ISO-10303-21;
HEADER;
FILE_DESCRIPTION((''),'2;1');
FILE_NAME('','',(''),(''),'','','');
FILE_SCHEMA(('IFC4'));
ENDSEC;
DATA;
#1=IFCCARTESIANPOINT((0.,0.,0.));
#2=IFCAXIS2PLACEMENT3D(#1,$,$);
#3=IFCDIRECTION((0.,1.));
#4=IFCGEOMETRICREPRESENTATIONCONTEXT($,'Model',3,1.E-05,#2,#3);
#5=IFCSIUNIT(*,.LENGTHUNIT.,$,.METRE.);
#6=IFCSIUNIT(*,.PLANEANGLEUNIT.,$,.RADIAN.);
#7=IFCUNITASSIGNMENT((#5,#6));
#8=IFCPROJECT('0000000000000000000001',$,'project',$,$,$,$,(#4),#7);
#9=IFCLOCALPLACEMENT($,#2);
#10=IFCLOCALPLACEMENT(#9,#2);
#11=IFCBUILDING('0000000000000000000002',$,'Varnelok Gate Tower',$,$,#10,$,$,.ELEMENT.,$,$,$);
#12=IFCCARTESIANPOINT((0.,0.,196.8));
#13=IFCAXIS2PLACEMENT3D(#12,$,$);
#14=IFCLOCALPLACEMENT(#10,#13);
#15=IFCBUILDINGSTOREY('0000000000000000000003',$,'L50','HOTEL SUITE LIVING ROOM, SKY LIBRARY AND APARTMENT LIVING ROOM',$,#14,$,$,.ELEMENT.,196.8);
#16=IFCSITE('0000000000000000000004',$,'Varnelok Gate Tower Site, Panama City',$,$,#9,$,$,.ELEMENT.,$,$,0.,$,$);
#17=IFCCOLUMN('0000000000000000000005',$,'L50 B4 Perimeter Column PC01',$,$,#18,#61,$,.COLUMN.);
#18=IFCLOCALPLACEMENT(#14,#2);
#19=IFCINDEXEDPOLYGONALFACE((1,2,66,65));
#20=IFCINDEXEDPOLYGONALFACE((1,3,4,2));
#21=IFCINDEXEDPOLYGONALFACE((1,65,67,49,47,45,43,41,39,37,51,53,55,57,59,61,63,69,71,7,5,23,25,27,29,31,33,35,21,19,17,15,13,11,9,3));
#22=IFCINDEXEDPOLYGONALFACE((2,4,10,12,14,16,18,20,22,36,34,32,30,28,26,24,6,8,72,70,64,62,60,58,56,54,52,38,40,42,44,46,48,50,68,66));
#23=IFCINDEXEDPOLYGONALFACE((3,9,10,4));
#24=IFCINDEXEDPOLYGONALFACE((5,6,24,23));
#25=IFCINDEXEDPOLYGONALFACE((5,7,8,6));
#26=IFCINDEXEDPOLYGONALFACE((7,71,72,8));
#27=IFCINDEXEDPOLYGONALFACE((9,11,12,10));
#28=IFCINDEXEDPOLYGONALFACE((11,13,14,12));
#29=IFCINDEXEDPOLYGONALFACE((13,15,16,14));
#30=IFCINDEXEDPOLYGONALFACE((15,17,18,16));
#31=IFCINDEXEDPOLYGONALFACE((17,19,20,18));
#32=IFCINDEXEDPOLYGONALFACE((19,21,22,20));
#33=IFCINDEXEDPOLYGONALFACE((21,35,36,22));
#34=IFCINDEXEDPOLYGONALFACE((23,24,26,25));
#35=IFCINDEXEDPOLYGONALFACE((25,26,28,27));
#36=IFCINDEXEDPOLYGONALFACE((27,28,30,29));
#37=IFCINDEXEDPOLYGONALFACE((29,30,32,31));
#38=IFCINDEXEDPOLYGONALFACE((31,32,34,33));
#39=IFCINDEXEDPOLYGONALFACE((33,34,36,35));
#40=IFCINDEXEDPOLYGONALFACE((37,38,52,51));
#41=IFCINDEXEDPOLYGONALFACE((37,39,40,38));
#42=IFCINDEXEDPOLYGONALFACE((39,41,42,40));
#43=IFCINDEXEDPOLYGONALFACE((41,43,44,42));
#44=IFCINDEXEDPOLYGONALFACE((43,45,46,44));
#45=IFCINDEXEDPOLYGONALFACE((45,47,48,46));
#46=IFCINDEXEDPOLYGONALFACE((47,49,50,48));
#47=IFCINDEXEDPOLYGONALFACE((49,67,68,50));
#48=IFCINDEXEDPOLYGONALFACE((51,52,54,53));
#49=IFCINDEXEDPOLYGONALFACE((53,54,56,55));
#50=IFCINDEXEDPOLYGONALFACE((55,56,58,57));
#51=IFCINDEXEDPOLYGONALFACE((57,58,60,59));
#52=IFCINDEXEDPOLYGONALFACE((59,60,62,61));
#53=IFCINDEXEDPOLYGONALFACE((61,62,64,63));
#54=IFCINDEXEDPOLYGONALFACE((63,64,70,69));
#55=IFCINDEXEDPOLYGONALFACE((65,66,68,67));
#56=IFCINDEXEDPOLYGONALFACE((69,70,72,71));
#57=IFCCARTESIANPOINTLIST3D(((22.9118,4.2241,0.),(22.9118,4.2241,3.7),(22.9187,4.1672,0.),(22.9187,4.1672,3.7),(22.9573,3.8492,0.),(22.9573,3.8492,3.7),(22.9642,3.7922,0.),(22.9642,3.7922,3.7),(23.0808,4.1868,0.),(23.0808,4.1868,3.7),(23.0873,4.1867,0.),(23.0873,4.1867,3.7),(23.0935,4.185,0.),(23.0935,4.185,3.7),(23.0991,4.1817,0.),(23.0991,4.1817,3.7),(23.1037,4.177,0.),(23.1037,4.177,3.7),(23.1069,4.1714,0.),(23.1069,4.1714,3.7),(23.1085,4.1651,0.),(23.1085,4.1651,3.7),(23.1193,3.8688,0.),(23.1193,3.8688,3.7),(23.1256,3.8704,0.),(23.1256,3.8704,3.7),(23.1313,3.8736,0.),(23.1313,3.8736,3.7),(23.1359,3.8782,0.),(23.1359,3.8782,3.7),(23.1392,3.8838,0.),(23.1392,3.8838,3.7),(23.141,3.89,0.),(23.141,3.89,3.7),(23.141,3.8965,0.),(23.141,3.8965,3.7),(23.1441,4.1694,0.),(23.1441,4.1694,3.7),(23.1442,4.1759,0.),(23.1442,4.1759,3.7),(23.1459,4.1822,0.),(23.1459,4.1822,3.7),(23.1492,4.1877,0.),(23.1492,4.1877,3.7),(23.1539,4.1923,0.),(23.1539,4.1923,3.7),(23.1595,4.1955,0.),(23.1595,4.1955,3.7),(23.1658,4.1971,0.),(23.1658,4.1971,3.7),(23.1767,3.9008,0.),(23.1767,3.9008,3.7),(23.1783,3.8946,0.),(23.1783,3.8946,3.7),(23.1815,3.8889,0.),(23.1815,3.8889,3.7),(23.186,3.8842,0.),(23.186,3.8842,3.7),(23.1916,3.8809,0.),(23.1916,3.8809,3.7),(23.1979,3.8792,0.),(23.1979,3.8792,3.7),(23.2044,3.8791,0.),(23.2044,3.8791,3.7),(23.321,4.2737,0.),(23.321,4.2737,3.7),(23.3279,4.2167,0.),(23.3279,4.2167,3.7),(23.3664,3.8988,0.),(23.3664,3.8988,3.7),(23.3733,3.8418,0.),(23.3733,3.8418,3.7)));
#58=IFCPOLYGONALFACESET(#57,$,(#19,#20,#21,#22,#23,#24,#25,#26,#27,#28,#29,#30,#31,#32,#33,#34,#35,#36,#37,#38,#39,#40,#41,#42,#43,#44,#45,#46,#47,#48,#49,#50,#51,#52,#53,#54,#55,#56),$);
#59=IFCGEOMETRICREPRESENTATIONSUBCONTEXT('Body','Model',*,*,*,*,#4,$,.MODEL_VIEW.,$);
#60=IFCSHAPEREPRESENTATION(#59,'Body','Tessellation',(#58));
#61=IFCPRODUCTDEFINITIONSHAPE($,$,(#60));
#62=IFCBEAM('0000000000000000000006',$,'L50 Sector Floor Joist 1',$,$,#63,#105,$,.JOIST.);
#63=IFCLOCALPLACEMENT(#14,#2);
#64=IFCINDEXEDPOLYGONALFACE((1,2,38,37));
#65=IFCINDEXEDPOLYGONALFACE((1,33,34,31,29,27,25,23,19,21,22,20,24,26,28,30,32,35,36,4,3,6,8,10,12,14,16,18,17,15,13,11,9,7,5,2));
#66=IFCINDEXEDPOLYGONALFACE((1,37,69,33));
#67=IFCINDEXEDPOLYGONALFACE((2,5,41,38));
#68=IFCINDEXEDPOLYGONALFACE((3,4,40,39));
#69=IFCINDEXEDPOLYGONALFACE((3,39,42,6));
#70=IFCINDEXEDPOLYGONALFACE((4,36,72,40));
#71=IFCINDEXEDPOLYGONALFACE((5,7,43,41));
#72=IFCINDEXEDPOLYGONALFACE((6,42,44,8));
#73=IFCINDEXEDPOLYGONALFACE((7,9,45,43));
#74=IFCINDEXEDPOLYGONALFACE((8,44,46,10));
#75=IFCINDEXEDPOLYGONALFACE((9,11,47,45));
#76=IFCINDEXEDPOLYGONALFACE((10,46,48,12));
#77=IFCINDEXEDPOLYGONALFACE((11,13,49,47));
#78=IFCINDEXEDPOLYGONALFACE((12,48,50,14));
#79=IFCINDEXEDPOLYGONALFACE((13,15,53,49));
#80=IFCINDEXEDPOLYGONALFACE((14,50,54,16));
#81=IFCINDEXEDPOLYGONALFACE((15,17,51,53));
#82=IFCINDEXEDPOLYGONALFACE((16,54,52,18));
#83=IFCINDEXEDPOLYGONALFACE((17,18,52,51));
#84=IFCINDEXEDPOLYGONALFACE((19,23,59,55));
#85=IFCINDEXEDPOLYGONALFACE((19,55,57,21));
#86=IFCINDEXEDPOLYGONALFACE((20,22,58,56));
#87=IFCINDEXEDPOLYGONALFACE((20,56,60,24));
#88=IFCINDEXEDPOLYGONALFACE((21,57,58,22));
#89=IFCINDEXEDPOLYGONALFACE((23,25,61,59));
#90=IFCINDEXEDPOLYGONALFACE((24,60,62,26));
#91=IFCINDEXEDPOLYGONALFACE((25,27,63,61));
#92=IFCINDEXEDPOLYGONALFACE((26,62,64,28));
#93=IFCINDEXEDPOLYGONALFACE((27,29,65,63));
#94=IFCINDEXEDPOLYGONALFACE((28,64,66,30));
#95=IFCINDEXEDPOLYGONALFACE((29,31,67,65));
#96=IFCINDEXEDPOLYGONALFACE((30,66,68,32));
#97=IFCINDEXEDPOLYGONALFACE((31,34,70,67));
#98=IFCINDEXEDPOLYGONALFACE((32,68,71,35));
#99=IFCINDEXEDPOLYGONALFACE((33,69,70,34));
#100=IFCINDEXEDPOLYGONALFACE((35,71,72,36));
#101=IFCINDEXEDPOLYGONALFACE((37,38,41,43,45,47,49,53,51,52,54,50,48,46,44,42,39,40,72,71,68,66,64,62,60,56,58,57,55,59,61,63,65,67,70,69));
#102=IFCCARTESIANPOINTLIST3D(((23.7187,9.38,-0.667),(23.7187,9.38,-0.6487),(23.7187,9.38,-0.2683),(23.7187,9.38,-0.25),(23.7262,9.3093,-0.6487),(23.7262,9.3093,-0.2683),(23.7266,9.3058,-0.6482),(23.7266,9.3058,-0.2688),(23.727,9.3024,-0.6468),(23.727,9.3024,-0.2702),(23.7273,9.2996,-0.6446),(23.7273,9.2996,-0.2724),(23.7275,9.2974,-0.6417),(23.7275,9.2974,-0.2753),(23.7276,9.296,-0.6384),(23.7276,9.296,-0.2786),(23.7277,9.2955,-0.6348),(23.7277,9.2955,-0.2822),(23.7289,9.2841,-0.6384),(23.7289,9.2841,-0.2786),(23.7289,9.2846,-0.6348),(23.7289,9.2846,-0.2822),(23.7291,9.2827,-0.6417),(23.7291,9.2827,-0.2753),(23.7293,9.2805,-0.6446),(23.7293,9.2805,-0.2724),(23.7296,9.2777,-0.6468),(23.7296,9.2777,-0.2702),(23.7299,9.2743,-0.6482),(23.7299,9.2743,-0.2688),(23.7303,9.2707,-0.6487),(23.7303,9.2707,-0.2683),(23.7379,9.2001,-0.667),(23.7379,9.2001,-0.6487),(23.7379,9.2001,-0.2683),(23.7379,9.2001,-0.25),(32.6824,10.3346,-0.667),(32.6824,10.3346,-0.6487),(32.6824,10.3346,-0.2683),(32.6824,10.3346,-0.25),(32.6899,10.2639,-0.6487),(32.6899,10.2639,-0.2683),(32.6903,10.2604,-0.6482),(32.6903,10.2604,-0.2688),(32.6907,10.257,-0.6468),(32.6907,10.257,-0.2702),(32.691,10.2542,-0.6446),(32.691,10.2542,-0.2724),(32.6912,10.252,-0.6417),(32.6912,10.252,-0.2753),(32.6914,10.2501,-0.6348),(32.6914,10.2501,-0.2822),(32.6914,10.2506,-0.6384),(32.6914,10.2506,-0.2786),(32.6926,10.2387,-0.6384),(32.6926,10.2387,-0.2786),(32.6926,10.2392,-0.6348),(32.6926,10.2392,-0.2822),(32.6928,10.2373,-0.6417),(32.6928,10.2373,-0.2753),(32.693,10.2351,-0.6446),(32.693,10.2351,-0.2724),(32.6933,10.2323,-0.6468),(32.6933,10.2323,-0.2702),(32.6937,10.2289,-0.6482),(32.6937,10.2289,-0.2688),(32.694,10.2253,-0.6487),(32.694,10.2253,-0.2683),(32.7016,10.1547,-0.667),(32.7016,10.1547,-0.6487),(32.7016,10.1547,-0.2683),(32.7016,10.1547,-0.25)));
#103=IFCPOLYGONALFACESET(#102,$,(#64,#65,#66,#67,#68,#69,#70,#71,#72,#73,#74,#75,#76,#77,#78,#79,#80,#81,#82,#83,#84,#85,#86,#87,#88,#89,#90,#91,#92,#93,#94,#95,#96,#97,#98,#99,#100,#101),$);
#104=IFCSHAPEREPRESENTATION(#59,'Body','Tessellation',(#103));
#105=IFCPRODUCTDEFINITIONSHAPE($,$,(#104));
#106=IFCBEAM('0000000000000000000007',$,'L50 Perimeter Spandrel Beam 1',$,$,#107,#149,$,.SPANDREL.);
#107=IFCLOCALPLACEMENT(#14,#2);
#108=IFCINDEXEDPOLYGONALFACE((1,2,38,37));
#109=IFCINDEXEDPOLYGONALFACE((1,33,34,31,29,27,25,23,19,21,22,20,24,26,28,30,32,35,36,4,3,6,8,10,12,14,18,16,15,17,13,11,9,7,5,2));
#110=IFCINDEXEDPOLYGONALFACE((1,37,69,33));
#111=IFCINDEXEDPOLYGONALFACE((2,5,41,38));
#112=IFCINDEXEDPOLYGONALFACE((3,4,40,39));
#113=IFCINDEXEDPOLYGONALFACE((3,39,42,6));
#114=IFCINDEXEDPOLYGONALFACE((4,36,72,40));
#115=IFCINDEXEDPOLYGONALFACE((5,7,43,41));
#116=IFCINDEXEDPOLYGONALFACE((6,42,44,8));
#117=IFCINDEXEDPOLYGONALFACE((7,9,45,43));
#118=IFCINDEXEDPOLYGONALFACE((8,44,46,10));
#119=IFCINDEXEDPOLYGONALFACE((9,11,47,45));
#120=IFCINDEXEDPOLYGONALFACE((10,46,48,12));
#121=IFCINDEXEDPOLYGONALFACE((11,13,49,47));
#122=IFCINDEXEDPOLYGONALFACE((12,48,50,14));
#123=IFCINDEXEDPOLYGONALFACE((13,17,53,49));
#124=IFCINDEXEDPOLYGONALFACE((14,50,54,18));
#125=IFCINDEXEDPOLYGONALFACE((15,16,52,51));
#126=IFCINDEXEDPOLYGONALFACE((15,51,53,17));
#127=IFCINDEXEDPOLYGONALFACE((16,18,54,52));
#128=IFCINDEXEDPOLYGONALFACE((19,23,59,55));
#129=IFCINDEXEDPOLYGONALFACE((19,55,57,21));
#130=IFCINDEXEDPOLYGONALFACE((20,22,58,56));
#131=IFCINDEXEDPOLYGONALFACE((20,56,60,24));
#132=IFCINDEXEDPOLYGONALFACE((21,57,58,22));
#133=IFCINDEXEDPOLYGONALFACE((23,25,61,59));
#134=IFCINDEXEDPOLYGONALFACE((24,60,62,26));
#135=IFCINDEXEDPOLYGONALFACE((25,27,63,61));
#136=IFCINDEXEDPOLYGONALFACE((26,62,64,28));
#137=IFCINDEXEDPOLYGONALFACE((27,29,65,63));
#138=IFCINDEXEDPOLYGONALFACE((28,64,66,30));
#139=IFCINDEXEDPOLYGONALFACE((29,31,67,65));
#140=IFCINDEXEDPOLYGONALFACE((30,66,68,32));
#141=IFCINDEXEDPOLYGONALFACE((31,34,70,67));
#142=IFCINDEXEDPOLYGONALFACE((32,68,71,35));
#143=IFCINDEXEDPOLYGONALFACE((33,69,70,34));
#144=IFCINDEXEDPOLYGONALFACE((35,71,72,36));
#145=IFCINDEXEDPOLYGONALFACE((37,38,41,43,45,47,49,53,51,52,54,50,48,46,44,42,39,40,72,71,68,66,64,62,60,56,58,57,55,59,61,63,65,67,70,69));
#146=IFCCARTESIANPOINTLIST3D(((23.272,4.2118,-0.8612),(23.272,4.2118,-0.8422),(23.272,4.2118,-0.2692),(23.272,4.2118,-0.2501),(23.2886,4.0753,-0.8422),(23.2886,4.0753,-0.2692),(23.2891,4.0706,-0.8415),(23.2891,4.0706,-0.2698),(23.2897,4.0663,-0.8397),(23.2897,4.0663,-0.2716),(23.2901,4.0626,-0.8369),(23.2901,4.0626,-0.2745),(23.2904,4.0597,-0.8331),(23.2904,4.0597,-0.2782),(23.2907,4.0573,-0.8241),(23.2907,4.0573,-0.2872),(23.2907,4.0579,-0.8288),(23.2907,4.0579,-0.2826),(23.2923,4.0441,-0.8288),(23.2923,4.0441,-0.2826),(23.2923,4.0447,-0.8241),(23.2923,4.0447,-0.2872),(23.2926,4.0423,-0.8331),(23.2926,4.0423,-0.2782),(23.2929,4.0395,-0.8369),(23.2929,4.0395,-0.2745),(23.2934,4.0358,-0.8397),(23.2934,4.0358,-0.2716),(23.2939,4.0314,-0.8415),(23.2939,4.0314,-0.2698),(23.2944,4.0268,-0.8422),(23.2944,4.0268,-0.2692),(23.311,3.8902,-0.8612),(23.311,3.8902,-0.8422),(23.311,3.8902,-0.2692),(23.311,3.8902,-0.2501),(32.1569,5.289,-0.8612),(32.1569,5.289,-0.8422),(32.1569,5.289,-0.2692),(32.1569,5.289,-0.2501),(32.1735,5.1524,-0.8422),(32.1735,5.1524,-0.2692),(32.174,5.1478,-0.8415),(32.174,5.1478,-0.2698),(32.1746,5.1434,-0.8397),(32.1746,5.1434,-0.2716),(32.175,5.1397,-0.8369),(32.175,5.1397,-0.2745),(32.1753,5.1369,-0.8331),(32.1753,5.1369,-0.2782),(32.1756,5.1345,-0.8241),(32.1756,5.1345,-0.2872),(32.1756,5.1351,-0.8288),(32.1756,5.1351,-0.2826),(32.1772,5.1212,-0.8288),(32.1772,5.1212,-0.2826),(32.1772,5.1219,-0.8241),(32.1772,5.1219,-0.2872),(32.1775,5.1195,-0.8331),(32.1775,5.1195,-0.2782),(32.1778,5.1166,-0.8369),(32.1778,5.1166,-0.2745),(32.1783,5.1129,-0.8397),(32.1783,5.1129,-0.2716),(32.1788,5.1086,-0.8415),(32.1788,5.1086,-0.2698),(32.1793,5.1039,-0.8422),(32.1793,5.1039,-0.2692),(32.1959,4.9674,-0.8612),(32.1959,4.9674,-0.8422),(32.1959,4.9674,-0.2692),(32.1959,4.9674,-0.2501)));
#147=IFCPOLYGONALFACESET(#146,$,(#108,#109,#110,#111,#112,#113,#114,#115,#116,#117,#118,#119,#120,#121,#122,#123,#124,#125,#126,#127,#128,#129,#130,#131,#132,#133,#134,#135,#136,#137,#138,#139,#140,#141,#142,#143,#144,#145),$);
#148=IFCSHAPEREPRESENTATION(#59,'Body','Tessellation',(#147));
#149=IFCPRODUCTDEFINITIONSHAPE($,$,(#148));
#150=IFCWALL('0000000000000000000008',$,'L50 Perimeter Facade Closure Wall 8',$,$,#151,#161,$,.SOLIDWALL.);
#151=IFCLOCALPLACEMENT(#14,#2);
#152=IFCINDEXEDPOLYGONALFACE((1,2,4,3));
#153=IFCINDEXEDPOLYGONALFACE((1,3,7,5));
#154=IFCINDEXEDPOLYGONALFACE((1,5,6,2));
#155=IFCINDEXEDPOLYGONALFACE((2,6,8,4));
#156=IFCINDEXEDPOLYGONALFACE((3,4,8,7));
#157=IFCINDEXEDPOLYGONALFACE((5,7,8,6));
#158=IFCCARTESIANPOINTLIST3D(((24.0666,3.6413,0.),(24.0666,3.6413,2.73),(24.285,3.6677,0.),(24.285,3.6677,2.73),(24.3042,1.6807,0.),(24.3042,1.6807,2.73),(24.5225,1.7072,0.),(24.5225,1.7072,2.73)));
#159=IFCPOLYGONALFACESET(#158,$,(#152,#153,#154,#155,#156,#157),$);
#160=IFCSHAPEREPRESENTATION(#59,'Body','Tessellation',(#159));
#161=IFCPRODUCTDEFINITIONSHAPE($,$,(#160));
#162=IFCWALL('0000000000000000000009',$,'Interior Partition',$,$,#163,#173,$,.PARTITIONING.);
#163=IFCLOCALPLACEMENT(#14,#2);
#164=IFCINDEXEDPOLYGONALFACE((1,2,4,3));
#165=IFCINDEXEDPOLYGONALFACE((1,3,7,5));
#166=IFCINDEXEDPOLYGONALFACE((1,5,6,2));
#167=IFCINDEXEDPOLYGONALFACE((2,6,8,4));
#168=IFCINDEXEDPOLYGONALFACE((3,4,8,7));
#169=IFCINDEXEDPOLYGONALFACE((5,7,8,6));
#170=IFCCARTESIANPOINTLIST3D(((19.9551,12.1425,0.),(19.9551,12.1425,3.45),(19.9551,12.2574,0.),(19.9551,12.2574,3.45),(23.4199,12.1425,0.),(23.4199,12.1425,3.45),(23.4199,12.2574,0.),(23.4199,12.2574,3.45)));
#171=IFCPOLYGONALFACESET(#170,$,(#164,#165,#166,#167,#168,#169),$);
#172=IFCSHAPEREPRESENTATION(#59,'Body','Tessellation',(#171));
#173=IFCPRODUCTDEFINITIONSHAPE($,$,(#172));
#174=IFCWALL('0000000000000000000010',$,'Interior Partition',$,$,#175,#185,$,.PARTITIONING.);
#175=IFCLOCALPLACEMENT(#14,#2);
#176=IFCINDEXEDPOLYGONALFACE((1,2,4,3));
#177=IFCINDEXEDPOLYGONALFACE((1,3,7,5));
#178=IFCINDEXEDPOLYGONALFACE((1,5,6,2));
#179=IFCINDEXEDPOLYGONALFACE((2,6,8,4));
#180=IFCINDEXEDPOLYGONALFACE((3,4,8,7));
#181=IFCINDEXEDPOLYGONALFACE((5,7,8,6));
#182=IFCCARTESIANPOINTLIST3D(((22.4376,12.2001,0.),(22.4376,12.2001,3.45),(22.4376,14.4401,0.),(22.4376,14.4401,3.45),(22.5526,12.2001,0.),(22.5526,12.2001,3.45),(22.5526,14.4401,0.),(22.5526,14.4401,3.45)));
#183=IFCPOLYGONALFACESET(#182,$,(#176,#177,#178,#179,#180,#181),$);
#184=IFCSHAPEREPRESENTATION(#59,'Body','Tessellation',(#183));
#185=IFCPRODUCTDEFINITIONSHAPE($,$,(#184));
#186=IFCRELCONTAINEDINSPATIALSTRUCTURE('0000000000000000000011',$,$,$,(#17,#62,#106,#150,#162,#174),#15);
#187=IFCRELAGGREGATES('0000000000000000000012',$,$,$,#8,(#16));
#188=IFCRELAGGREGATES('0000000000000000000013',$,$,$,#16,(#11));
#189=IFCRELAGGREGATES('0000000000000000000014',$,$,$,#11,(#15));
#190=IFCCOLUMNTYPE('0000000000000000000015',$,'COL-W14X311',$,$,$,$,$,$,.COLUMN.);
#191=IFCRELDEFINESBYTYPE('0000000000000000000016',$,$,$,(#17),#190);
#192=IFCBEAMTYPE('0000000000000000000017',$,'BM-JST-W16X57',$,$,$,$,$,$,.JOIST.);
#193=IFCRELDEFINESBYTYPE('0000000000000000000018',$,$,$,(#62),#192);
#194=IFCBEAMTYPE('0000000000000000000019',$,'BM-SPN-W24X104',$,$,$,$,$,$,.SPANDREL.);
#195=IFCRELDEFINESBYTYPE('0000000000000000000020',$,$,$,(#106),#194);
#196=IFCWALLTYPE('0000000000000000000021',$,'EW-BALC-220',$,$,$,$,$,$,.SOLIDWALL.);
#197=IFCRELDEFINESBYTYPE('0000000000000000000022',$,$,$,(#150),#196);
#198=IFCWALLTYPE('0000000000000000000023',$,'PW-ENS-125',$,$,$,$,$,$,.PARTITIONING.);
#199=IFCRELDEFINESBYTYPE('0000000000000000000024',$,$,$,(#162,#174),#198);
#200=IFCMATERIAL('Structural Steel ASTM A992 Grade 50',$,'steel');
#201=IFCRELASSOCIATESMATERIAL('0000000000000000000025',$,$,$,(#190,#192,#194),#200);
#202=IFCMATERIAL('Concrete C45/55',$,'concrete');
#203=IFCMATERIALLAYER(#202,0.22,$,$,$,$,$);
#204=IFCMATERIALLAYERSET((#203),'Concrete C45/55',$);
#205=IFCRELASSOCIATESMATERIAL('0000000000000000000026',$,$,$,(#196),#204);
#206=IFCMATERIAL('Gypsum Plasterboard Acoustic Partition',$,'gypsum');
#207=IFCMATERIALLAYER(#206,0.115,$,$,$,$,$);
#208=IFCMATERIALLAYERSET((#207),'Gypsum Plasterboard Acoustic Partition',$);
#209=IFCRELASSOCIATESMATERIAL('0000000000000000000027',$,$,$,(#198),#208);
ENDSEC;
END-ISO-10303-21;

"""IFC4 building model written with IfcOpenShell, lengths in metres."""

from ifc_helpers import new_model, si_unit, direction, frame, frame_2d, origin, origin_2d, place, context, subcontext, project, spatial, rectangle, i_section, extrude, material, layer, layer_set, material_profile, profile_set, type_object, element, save


model = new_model("IFC4")

# Units and contexts
model_context = context("Model", 3, precision=1e-05, world=origin(), true_north=direction((0.0, 1.0)))
body_context = subcontext(model_context, "Body", "Model", "MODEL_VIEW")
ifc_project = project(units=[si_unit("LENGTHUNIT", "METRE"), si_unit("PLANEANGLEUNIT", "RADIAN")], contexts=[model_context])

# Site, building, storey
site_placement = place(None, origin())
site = spatial("IfcSite", under=ifc_project, at=site_placement, Name="Varnelok Gate Tower Site, Panama City", CompositionType="ELEMENT", RefElevation=0.0)
building_placement = place(site_placement, origin())
building = spatial("IfcBuilding", under=site, at=building_placement, Name="Varnelok Gate Tower", CompositionType="ELEMENT")
storey_placement = place(building_placement, frame((0.0, 0.0, 196.8)))
storey = spatial("IfcBuildingStorey", under=building, at=storey_placement, Name="L50", Description="HOTEL SUITE LIVING ROOM, SKY LIBRARY AND APARTMENT LIVING ROOM", CompositionType="ELEMENT", Elevation=196.8)

# Column
ifc_material_1 = material(Name="Structural Steel ASTM A992 Grade 50", Category="steel")
ifc_material_profile_1 = material_profile(ifc_material_1, i_section(OverallWidth=0.4121, OverallDepth=0.4351, WebThickness=0.0359, FlangeThickness=0.0574, FilletRadius=0.0249, at=origin_2d()), Name="W14X311")
ifc_profile_set_1 = profile_set([ifc_material_profile_1], Name="Structural Steel ASTM A992 Grade 50")
column_type = type_object("IfcColumnType", Name="COL-W14X311", PredefinedType="COLUMN", material=ifc_profile_set_1)
column_placement = place(storey_placement, frame((23.1426, 4.033, 0.0), z_axis=(0.0, 0.0, 1.0), x_axis=(0.992732, 0.120345, 0.0)))
element("IfcColumn", 1, at=column_placement, inside=storey, type_object=column_type, Name="L50 B4 Perimeter Column PC01", PredefinedType="COLUMN", context=body_context, shape_type="SweptSolid", body=[
    extrude(i_section(OverallWidth=0.4121, OverallDepth=0.4351, WebThickness=0.0359, FlangeThickness=0.0574, FilletRadius=0.0249, at=origin_2d()), origin(), (0.0, 0.0, 1.0), 3.7),
])

# Beams
ifc_material_profile_2 = material_profile(ifc_material_1, i_section(OverallWidth=0.1809, OverallDepth=0.417, WebThickness=0.011, FlangeThickness=0.0183, FilletRadius=0.0139, at=origin_2d()), Name="W16X57")
ifc_profile_set_2 = profile_set([ifc_material_profile_2], Name="Structural Steel ASTM A992 Grade 50")
beam_type_1 = type_object("IfcBeamType", Name="BM-JST-W16X57", PredefinedType="JOIST", material=ifc_profile_set_2)
beam_1_placement = place(storey_placement, frame((23.7283, 9.29, -0.4585), z_axis=(0.994377, 0.105897, 0.0), x_axis=(-0.105897, 0.994377, 0.0)))
element("IfcBeam", 2, at=beam_1_placement, inside=storey, type_object=beam_type_1, Name="L50 Sector Floor Joist 1", PredefinedType="JOIST", context=body_context, shape_type="SweptSolid", body=[
    extrude(i_section(OverallWidth=0.1809, OverallDepth=0.417, WebThickness=0.011, FlangeThickness=0.0183, FilletRadius=0.0139, at=origin_2d()), origin(), (0.0, 0.0, 1.0), 9.0144),
])
ifc_material_profile_3 = material_profile(ifc_material_1, i_section(OverallWidth=0.324, OverallDepth=0.6111, WebThickness=0.0127, FlangeThickness=0.019, FilletRadius=0.0181, at=origin_2d()), Name="W24X104")
ifc_profile_set_3 = profile_set([ifc_material_profile_3], Name="Structural Steel ASTM A992 Grade 50")
beam_type_2 = type_object("IfcBeamType", Name="BM-SPN-W24X104", PredefinedType="SPANDREL", material=ifc_profile_set_3)
beam_2_placement = place(storey_placement, frame((23.2915, 4.051, -0.5557), z_axis=(0.992731, 0.120351, 0.0), x_axis=(-0.120351, 0.992731, 0.0)))
element("IfcBeam", 3, at=beam_2_placement, inside=storey, type_object=beam_type_2, Name="L50 Perimeter Spandrel Beam 1", PredefinedType="SPANDREL", context=body_context, shape_type="SweptSolid", body=[
    extrude(i_section(OverallWidth=0.324, OverallDepth=0.6111, WebThickness=0.0127, FlangeThickness=0.019, FilletRadius=0.0181, at=origin_2d()), origin(), (0.0, 0.0, 1.0), 8.95),
])

# Walls
ifc_material_2 = material(Name="Concrete C45/55", Category="concrete")
ifc_layer_1 = layer(ifc_material_2, 0.22)
ifc_layer_set_1 = layer_set([ifc_layer_1], Name="Concrete C45/55")
wall_type_1 = type_object("IfcWallType", Name="EW-BALC-220", PredefinedType="SOLIDWALL", material=ifc_layer_set_1)
wall_1_placement = place(storey_placement, frame((24.4133, 1.6941, 0.0), z_axis=(0.0, 0.0, 1.0), x_axis=(-0.120291, 0.992739, 0.0)))
element("IfcWall", 4, at=wall_1_placement, inside=storey, type_object=wall_type_1, Name="L50 Perimeter Facade Closure Wall 8", PredefinedType="SOLIDWALL", context=body_context, shape_type="SweptSolid", body=[
    extrude(rectangle(XDim=1.9749, YDim=0.22, at=frame_2d((0.9873, 0.0))), origin(), (0.0, 0.0, 1.0), 2.73),
])
ifc_material_3 = material(Name="Gypsum Plasterboard Acoustic Partition", Category="gypsum")
ifc_layer_2 = layer(ifc_material_3, 0.115)
ifc_layer_set_2 = layer_set([ifc_layer_2], Name="Gypsum Plasterboard Acoustic Partition")
wall_type_2 = type_object("IfcWallType", Name="PW-ENS-125", PredefinedType="PARTITIONING", material=ifc_layer_set_2)
wall_2_placement = place(storey_placement, frame((19.9551, 12.2, 0.0), z_axis=(0.0, 0.0, 1.0), x_axis=(1.0, 0.0, 0.0)))
element("IfcWall", 5, at=wall_2_placement, inside=storey, type_object=wall_type_2, Name="Interior Partition", PredefinedType="PARTITIONING", context=body_context, shape_type="SweptSolid", body=[
    extrude(rectangle(XDim=3.4648, YDim=0.115, at=frame_2d((1.7324, 0.0))), origin(), (0.0, 0.0, 1.0), 3.45),
])
wall_3_placement = place(storey_placement, frame((22.4951, 12.2, 0.0), z_axis=(0.0, 0.0, 1.0), x_axis=(0.0, 1.0, 0.0)))
element("IfcWall", 6, at=wall_3_placement, inside=storey, type_object=wall_type_2, Name="Interior Partition", PredefinedType="PARTITIONING", context=body_context, shape_type="SweptSolid", body=[
    extrude(rectangle(XDim=2.24, YDim=0.115, at=frame_2d((1.1201, 0.0))), origin(), (0.0, 0.0, 1.0), 3.45),
])

save(model, "model.ifc")
